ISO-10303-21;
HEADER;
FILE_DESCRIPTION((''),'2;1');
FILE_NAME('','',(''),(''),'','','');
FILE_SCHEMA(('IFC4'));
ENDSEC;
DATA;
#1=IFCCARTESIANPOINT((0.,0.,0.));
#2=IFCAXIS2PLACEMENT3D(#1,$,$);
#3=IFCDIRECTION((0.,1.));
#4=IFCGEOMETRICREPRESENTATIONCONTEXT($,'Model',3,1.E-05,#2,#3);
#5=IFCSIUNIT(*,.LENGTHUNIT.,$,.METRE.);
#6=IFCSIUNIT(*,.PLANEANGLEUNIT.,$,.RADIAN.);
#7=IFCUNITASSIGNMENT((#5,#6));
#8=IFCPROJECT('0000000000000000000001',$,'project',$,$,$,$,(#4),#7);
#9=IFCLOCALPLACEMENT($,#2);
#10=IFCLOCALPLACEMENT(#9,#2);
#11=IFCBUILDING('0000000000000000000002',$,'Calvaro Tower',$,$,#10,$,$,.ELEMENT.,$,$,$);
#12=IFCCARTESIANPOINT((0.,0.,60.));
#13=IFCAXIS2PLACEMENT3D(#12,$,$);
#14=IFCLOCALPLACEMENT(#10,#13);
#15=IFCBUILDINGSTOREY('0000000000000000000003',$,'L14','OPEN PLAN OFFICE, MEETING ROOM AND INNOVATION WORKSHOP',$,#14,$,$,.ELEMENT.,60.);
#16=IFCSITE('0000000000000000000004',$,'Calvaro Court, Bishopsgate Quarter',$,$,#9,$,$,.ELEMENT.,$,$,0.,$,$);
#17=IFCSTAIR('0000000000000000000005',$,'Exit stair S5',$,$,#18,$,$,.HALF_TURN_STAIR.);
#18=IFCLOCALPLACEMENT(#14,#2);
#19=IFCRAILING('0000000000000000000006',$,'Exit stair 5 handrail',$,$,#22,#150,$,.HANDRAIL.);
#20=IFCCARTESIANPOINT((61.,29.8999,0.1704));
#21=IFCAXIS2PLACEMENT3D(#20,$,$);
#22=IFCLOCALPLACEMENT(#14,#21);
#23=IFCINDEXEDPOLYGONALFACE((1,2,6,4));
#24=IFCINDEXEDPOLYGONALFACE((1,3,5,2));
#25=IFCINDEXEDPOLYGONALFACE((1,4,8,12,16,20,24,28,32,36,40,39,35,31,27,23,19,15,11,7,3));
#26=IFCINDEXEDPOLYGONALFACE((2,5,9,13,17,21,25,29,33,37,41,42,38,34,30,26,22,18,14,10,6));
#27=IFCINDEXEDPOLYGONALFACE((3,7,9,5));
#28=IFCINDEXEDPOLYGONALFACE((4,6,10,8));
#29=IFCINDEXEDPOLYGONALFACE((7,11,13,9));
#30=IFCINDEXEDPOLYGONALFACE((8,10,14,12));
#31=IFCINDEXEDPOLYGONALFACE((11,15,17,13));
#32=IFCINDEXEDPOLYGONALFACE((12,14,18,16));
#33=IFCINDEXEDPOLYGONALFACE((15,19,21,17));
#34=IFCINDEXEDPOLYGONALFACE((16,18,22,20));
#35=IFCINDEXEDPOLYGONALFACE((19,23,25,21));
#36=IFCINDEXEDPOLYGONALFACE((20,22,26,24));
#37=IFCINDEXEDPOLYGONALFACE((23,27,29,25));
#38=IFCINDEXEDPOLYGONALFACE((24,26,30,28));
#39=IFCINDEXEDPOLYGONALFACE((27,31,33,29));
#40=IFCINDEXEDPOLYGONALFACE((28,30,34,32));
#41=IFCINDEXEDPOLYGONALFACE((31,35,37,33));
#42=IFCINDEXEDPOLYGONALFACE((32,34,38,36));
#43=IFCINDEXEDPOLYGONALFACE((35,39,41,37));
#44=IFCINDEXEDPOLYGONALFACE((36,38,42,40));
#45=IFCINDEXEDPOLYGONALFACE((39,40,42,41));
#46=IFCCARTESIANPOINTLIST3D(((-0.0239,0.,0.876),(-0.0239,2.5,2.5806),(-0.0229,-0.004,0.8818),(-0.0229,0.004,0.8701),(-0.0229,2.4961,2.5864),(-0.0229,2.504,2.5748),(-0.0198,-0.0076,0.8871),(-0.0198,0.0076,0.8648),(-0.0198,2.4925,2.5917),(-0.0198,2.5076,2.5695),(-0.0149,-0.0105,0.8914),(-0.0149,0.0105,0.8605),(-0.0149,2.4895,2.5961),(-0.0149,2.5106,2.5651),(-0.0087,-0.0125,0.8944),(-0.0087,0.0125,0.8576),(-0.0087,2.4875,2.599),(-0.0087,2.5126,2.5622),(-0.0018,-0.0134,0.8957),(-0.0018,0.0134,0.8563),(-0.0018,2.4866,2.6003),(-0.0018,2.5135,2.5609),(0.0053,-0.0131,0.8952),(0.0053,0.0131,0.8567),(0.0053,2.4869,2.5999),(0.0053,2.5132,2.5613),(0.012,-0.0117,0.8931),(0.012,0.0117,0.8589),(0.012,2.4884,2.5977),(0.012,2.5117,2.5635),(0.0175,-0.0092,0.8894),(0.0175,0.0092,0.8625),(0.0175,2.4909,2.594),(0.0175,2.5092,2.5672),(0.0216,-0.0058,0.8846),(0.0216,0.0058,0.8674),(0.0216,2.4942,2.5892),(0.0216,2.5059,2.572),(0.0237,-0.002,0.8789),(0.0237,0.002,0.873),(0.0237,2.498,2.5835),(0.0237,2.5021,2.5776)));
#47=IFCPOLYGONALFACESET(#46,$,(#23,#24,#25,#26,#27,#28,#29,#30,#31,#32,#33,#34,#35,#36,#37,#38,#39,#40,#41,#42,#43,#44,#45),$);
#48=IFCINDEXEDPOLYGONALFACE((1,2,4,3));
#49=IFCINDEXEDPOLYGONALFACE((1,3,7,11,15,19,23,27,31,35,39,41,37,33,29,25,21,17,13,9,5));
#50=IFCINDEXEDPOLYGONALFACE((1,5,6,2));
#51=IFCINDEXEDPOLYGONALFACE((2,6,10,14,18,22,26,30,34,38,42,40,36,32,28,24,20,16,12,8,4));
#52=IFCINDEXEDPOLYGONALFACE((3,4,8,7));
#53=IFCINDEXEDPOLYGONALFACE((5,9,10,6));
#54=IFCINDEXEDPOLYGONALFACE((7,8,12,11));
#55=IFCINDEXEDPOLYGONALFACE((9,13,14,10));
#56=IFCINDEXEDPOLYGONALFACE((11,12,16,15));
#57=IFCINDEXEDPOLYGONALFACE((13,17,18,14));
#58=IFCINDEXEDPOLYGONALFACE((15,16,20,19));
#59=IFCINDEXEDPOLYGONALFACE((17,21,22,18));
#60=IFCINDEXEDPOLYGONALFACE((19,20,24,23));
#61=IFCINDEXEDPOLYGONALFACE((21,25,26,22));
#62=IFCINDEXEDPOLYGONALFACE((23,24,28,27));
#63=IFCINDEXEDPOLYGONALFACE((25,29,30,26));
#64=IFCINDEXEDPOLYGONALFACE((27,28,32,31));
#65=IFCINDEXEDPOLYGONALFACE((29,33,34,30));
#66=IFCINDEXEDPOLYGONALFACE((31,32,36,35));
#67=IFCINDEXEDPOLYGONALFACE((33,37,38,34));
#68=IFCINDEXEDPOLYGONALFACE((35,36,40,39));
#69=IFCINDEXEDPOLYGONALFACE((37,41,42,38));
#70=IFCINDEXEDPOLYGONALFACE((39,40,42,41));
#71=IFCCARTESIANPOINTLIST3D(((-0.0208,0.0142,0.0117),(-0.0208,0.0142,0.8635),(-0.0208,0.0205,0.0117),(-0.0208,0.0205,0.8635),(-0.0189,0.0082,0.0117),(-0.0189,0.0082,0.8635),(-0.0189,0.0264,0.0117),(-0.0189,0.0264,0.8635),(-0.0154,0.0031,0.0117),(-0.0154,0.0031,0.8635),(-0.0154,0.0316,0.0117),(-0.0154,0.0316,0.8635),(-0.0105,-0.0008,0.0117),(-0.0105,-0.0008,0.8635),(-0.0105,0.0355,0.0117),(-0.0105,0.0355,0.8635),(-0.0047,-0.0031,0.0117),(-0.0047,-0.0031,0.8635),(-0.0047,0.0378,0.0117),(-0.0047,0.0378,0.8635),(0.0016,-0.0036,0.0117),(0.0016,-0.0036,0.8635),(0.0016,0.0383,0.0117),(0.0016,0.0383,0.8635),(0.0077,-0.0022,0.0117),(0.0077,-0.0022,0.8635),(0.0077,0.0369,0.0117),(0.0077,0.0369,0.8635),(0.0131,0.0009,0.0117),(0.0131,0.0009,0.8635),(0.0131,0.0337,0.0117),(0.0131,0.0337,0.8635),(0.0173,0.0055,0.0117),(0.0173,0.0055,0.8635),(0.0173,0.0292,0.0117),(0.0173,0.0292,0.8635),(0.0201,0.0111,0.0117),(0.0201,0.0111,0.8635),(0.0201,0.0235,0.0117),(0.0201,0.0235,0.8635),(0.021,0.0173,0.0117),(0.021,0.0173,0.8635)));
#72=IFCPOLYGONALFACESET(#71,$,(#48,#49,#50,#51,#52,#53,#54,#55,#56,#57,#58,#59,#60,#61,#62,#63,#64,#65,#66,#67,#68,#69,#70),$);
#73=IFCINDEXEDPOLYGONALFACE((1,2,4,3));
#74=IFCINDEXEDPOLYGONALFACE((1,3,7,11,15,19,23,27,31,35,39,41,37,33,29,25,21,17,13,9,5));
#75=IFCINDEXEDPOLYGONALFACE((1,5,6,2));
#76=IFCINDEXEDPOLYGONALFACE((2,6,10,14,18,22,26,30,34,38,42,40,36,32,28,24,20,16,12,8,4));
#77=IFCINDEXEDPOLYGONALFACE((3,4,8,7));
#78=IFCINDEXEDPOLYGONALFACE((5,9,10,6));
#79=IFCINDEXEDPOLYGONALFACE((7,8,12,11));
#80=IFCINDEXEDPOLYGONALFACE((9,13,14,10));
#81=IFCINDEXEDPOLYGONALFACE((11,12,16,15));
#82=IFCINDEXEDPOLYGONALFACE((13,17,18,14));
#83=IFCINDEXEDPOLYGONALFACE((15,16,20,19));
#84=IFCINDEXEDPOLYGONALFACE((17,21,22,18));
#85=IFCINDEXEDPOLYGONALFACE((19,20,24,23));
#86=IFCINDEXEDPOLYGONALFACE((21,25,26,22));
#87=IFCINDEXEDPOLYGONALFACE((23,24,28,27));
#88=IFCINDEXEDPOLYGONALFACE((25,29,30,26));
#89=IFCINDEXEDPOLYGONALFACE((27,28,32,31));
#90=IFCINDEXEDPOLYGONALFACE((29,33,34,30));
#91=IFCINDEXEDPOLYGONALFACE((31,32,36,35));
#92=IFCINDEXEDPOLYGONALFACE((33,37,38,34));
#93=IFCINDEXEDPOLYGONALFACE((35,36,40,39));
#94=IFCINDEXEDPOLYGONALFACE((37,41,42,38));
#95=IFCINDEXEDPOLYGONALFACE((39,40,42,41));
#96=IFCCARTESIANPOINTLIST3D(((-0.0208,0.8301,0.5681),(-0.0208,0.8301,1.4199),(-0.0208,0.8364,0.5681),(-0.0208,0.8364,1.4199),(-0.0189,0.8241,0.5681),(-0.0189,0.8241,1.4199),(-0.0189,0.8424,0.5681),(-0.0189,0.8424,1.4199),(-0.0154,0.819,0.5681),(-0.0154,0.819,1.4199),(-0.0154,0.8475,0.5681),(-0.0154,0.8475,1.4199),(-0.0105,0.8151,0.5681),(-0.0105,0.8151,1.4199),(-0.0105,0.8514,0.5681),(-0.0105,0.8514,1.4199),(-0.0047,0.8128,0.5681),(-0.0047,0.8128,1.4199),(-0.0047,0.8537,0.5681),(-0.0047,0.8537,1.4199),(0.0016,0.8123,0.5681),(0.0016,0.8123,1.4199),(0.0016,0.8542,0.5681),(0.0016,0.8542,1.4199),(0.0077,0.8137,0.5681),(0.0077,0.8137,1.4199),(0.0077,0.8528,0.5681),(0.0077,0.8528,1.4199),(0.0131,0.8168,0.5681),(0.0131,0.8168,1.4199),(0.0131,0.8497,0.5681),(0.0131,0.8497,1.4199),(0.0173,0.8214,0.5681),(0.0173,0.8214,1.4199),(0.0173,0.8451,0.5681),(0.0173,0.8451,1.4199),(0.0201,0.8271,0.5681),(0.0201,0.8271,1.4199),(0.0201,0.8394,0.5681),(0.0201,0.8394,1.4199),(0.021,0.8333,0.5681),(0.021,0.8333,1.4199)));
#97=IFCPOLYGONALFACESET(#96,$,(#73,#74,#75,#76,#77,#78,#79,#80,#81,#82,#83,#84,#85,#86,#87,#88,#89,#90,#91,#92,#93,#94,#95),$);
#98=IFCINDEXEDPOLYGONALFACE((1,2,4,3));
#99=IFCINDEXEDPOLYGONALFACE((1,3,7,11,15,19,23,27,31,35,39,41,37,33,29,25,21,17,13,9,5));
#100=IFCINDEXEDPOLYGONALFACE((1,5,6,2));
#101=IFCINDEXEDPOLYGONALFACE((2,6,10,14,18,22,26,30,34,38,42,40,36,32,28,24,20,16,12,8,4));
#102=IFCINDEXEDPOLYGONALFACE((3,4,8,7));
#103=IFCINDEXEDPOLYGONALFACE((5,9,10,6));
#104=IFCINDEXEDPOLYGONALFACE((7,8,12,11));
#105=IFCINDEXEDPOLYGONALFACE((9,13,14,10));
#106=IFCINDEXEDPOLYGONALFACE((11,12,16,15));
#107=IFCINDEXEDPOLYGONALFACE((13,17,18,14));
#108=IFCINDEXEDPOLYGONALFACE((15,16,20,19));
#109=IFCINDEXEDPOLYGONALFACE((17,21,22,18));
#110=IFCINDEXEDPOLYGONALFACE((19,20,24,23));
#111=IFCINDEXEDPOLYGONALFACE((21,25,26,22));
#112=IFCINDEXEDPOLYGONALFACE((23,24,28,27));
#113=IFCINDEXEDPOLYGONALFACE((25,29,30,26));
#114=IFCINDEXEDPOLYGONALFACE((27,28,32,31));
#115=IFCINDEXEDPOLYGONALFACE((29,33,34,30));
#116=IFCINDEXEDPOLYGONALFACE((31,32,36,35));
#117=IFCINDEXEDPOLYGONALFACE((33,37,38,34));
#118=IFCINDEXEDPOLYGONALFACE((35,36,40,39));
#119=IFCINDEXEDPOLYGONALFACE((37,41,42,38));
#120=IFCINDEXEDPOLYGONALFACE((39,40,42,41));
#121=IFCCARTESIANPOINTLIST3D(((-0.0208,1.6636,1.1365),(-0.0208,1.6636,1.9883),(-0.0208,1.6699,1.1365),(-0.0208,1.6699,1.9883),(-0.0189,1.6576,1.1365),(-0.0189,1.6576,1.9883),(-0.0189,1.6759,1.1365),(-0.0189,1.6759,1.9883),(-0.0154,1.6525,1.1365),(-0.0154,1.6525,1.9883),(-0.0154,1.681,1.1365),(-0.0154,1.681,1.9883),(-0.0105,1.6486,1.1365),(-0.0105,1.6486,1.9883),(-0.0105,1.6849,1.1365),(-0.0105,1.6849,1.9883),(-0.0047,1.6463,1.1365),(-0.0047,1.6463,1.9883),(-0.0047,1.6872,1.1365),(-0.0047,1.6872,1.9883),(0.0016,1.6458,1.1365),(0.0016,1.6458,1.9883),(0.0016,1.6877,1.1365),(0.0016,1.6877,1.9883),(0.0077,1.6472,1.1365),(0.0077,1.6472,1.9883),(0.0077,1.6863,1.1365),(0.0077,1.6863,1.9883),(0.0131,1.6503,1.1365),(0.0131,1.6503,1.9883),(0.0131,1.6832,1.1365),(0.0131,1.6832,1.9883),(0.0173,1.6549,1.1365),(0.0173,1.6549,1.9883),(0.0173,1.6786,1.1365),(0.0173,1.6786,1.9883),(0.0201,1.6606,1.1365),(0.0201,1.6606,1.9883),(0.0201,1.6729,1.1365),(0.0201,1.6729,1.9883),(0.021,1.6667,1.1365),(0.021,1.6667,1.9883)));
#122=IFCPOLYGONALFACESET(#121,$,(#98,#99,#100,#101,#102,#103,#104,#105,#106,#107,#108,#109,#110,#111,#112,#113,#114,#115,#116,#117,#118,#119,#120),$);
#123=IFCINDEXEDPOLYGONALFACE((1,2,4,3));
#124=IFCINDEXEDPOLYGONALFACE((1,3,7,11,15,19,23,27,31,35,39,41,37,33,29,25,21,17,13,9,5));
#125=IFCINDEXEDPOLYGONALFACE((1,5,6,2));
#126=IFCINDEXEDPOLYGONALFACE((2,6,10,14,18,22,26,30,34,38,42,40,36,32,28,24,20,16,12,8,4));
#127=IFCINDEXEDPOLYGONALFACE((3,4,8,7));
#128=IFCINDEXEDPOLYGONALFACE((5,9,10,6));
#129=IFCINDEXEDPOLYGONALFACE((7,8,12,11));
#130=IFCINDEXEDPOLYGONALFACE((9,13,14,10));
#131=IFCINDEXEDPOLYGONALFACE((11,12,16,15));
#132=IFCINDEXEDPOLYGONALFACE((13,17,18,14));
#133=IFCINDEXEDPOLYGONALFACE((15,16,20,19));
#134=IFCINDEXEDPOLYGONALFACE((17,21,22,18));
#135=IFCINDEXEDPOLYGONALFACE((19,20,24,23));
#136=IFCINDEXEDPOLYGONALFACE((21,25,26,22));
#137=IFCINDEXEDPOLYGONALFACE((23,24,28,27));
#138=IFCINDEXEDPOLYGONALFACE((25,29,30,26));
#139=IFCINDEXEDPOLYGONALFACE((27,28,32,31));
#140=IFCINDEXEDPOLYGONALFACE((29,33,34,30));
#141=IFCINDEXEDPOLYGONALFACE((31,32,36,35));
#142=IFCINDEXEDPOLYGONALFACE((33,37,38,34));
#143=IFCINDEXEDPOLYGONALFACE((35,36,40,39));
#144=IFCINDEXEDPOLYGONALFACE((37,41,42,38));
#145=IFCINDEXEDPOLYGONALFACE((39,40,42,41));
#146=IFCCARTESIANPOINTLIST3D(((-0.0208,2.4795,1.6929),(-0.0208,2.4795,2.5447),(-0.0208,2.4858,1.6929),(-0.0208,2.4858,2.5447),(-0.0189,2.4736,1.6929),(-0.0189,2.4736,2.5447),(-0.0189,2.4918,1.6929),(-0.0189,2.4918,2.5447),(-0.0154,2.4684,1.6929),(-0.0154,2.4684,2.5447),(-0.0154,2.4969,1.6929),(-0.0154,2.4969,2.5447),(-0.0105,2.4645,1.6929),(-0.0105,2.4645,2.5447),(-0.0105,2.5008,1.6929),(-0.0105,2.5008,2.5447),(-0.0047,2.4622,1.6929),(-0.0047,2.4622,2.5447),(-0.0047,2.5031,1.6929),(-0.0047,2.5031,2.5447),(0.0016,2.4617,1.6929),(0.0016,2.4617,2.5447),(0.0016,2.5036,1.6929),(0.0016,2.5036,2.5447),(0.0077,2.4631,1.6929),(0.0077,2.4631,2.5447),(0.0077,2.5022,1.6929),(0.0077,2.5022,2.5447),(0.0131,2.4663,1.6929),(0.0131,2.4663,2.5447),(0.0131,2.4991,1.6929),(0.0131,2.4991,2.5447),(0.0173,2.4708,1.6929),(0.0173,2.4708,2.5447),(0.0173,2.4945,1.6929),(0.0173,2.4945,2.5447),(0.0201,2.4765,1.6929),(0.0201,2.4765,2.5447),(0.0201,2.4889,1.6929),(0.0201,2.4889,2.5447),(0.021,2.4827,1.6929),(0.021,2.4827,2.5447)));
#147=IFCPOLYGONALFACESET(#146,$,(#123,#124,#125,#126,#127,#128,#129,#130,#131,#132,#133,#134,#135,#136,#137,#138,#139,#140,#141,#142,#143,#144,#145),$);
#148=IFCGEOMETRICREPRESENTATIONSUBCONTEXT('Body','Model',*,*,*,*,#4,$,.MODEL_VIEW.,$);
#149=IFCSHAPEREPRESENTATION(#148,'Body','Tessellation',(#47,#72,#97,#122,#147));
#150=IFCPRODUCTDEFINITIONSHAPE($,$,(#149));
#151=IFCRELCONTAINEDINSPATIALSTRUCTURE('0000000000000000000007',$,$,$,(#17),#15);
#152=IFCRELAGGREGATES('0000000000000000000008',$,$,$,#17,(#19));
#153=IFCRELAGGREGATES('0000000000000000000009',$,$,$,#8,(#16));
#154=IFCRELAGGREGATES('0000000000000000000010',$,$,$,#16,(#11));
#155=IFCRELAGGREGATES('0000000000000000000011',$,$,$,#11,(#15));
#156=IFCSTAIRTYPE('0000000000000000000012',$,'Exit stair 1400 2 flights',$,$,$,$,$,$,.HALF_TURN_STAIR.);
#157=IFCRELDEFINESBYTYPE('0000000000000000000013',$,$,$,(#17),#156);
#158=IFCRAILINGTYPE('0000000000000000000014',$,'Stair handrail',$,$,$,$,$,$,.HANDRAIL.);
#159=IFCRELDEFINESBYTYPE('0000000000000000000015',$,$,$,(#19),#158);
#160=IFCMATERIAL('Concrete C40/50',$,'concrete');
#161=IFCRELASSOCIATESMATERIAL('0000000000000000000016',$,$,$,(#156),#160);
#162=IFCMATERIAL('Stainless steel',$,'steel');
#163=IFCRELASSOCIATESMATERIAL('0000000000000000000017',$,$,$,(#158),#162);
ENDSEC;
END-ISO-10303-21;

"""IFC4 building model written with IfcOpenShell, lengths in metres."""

from ifc_helpers import new_model, si_unit, direction, frame, origin, origin_2d, place, context, subcontext, project, spatial, circle, extrude, material, type_object, element, aggregate, save


model = new_model("IFC4")

# Units and contexts
model_context = context("Model", 3, precision=1e-05, world=origin(), true_north=direction((0.0, 1.0)))
body_context = subcontext(model_context, "Body", "Model", "MODEL_VIEW")
ifc_project = project(units=[si_unit("LENGTHUNIT", "METRE"), si_unit("PLANEANGLEUNIT", "RADIAN")], contexts=[model_context])

# Site, building, storey
site_placement = place(None, origin())
site = spatial("IfcSite", under=ifc_project, at=site_placement, Name="Calvaro Court, Bishopsgate Quarter", CompositionType="ELEMENT", RefElevation=0.0)
building_placement = place(site_placement, origin())
building = spatial("IfcBuilding", under=site, at=building_placement, Name="Calvaro Tower", CompositionType="ELEMENT")
storey_placement = place(building_placement, frame((0.0, 0.0, 60.0)))
storey = spatial("IfcBuildingStorey", under=building, at=storey_placement, Name="L14", Description="OPEN PLAN OFFICE, MEETING ROOM AND INNOVATION WORKSHOP", CompositionType="ELEMENT", Elevation=60.0)

# Stair, railing
ifc_material_1 = material(Name="Concrete C40/50", Category="concrete")
stair_type = type_object("IfcStairType", Name="Exit stair 1400 2 flights", PredefinedType="HALF_TURN_STAIR", material=ifc_material_1)
stair_placement = place(storey_placement, origin())
stair = element("IfcStair", 1, at=stair_placement, inside=storey, type_object=stair_type, Name="Exit stair S5", PredefinedType="HALF_TURN_STAIR")
ifc_material_2 = material(Name="Stainless steel", Category="steel")
railing_type = type_object("IfcRailingType", Name="Stair handrail", PredefinedType="HANDRAIL", material=ifc_material_2)
railing_placement = place(storey_placement, frame((61.0, 29.8999, 0.1704)))
railing = element("IfcRailing", 2, at=railing_placement, type_object=railing_type, Name="Exit stair 5 handrail", PredefinedType="HANDRAIL", context=body_context, shape_type="SweptSolid", body=[
    extrude(circle(Radius=0.0239, at=origin_2d()), frame((0.0, 0.0, 0.876), z_axis=(0.0, 0.826221, 0.563347), x_axis=(-1.0, 0.0, 0.0)), (0.0, 0.0, 1.0), 3.0259),
    extrude(circle(Radius=0.021, at=origin_2d()), frame((0.0, 0.0173, 0.0117)), (0.0, 0.0, 1.0), 0.8518),
    extrude(circle(Radius=0.021, at=origin_2d()), frame((0.0, 0.8333, 0.5681)), (0.0, 0.0, 1.0), 0.8518),
    extrude(circle(Radius=0.021, at=origin_2d()), frame((0.0, 1.6667, 1.1365)), (0.0, 0.0, 1.0), 0.8518),
    extrude(circle(Radius=0.021, at=origin_2d()), frame((0.0, 2.4827, 1.6929)), (0.0, 0.0, 1.0), 0.8518),
])
aggregate(stair, [railing])

save(model, "model.ifc")
